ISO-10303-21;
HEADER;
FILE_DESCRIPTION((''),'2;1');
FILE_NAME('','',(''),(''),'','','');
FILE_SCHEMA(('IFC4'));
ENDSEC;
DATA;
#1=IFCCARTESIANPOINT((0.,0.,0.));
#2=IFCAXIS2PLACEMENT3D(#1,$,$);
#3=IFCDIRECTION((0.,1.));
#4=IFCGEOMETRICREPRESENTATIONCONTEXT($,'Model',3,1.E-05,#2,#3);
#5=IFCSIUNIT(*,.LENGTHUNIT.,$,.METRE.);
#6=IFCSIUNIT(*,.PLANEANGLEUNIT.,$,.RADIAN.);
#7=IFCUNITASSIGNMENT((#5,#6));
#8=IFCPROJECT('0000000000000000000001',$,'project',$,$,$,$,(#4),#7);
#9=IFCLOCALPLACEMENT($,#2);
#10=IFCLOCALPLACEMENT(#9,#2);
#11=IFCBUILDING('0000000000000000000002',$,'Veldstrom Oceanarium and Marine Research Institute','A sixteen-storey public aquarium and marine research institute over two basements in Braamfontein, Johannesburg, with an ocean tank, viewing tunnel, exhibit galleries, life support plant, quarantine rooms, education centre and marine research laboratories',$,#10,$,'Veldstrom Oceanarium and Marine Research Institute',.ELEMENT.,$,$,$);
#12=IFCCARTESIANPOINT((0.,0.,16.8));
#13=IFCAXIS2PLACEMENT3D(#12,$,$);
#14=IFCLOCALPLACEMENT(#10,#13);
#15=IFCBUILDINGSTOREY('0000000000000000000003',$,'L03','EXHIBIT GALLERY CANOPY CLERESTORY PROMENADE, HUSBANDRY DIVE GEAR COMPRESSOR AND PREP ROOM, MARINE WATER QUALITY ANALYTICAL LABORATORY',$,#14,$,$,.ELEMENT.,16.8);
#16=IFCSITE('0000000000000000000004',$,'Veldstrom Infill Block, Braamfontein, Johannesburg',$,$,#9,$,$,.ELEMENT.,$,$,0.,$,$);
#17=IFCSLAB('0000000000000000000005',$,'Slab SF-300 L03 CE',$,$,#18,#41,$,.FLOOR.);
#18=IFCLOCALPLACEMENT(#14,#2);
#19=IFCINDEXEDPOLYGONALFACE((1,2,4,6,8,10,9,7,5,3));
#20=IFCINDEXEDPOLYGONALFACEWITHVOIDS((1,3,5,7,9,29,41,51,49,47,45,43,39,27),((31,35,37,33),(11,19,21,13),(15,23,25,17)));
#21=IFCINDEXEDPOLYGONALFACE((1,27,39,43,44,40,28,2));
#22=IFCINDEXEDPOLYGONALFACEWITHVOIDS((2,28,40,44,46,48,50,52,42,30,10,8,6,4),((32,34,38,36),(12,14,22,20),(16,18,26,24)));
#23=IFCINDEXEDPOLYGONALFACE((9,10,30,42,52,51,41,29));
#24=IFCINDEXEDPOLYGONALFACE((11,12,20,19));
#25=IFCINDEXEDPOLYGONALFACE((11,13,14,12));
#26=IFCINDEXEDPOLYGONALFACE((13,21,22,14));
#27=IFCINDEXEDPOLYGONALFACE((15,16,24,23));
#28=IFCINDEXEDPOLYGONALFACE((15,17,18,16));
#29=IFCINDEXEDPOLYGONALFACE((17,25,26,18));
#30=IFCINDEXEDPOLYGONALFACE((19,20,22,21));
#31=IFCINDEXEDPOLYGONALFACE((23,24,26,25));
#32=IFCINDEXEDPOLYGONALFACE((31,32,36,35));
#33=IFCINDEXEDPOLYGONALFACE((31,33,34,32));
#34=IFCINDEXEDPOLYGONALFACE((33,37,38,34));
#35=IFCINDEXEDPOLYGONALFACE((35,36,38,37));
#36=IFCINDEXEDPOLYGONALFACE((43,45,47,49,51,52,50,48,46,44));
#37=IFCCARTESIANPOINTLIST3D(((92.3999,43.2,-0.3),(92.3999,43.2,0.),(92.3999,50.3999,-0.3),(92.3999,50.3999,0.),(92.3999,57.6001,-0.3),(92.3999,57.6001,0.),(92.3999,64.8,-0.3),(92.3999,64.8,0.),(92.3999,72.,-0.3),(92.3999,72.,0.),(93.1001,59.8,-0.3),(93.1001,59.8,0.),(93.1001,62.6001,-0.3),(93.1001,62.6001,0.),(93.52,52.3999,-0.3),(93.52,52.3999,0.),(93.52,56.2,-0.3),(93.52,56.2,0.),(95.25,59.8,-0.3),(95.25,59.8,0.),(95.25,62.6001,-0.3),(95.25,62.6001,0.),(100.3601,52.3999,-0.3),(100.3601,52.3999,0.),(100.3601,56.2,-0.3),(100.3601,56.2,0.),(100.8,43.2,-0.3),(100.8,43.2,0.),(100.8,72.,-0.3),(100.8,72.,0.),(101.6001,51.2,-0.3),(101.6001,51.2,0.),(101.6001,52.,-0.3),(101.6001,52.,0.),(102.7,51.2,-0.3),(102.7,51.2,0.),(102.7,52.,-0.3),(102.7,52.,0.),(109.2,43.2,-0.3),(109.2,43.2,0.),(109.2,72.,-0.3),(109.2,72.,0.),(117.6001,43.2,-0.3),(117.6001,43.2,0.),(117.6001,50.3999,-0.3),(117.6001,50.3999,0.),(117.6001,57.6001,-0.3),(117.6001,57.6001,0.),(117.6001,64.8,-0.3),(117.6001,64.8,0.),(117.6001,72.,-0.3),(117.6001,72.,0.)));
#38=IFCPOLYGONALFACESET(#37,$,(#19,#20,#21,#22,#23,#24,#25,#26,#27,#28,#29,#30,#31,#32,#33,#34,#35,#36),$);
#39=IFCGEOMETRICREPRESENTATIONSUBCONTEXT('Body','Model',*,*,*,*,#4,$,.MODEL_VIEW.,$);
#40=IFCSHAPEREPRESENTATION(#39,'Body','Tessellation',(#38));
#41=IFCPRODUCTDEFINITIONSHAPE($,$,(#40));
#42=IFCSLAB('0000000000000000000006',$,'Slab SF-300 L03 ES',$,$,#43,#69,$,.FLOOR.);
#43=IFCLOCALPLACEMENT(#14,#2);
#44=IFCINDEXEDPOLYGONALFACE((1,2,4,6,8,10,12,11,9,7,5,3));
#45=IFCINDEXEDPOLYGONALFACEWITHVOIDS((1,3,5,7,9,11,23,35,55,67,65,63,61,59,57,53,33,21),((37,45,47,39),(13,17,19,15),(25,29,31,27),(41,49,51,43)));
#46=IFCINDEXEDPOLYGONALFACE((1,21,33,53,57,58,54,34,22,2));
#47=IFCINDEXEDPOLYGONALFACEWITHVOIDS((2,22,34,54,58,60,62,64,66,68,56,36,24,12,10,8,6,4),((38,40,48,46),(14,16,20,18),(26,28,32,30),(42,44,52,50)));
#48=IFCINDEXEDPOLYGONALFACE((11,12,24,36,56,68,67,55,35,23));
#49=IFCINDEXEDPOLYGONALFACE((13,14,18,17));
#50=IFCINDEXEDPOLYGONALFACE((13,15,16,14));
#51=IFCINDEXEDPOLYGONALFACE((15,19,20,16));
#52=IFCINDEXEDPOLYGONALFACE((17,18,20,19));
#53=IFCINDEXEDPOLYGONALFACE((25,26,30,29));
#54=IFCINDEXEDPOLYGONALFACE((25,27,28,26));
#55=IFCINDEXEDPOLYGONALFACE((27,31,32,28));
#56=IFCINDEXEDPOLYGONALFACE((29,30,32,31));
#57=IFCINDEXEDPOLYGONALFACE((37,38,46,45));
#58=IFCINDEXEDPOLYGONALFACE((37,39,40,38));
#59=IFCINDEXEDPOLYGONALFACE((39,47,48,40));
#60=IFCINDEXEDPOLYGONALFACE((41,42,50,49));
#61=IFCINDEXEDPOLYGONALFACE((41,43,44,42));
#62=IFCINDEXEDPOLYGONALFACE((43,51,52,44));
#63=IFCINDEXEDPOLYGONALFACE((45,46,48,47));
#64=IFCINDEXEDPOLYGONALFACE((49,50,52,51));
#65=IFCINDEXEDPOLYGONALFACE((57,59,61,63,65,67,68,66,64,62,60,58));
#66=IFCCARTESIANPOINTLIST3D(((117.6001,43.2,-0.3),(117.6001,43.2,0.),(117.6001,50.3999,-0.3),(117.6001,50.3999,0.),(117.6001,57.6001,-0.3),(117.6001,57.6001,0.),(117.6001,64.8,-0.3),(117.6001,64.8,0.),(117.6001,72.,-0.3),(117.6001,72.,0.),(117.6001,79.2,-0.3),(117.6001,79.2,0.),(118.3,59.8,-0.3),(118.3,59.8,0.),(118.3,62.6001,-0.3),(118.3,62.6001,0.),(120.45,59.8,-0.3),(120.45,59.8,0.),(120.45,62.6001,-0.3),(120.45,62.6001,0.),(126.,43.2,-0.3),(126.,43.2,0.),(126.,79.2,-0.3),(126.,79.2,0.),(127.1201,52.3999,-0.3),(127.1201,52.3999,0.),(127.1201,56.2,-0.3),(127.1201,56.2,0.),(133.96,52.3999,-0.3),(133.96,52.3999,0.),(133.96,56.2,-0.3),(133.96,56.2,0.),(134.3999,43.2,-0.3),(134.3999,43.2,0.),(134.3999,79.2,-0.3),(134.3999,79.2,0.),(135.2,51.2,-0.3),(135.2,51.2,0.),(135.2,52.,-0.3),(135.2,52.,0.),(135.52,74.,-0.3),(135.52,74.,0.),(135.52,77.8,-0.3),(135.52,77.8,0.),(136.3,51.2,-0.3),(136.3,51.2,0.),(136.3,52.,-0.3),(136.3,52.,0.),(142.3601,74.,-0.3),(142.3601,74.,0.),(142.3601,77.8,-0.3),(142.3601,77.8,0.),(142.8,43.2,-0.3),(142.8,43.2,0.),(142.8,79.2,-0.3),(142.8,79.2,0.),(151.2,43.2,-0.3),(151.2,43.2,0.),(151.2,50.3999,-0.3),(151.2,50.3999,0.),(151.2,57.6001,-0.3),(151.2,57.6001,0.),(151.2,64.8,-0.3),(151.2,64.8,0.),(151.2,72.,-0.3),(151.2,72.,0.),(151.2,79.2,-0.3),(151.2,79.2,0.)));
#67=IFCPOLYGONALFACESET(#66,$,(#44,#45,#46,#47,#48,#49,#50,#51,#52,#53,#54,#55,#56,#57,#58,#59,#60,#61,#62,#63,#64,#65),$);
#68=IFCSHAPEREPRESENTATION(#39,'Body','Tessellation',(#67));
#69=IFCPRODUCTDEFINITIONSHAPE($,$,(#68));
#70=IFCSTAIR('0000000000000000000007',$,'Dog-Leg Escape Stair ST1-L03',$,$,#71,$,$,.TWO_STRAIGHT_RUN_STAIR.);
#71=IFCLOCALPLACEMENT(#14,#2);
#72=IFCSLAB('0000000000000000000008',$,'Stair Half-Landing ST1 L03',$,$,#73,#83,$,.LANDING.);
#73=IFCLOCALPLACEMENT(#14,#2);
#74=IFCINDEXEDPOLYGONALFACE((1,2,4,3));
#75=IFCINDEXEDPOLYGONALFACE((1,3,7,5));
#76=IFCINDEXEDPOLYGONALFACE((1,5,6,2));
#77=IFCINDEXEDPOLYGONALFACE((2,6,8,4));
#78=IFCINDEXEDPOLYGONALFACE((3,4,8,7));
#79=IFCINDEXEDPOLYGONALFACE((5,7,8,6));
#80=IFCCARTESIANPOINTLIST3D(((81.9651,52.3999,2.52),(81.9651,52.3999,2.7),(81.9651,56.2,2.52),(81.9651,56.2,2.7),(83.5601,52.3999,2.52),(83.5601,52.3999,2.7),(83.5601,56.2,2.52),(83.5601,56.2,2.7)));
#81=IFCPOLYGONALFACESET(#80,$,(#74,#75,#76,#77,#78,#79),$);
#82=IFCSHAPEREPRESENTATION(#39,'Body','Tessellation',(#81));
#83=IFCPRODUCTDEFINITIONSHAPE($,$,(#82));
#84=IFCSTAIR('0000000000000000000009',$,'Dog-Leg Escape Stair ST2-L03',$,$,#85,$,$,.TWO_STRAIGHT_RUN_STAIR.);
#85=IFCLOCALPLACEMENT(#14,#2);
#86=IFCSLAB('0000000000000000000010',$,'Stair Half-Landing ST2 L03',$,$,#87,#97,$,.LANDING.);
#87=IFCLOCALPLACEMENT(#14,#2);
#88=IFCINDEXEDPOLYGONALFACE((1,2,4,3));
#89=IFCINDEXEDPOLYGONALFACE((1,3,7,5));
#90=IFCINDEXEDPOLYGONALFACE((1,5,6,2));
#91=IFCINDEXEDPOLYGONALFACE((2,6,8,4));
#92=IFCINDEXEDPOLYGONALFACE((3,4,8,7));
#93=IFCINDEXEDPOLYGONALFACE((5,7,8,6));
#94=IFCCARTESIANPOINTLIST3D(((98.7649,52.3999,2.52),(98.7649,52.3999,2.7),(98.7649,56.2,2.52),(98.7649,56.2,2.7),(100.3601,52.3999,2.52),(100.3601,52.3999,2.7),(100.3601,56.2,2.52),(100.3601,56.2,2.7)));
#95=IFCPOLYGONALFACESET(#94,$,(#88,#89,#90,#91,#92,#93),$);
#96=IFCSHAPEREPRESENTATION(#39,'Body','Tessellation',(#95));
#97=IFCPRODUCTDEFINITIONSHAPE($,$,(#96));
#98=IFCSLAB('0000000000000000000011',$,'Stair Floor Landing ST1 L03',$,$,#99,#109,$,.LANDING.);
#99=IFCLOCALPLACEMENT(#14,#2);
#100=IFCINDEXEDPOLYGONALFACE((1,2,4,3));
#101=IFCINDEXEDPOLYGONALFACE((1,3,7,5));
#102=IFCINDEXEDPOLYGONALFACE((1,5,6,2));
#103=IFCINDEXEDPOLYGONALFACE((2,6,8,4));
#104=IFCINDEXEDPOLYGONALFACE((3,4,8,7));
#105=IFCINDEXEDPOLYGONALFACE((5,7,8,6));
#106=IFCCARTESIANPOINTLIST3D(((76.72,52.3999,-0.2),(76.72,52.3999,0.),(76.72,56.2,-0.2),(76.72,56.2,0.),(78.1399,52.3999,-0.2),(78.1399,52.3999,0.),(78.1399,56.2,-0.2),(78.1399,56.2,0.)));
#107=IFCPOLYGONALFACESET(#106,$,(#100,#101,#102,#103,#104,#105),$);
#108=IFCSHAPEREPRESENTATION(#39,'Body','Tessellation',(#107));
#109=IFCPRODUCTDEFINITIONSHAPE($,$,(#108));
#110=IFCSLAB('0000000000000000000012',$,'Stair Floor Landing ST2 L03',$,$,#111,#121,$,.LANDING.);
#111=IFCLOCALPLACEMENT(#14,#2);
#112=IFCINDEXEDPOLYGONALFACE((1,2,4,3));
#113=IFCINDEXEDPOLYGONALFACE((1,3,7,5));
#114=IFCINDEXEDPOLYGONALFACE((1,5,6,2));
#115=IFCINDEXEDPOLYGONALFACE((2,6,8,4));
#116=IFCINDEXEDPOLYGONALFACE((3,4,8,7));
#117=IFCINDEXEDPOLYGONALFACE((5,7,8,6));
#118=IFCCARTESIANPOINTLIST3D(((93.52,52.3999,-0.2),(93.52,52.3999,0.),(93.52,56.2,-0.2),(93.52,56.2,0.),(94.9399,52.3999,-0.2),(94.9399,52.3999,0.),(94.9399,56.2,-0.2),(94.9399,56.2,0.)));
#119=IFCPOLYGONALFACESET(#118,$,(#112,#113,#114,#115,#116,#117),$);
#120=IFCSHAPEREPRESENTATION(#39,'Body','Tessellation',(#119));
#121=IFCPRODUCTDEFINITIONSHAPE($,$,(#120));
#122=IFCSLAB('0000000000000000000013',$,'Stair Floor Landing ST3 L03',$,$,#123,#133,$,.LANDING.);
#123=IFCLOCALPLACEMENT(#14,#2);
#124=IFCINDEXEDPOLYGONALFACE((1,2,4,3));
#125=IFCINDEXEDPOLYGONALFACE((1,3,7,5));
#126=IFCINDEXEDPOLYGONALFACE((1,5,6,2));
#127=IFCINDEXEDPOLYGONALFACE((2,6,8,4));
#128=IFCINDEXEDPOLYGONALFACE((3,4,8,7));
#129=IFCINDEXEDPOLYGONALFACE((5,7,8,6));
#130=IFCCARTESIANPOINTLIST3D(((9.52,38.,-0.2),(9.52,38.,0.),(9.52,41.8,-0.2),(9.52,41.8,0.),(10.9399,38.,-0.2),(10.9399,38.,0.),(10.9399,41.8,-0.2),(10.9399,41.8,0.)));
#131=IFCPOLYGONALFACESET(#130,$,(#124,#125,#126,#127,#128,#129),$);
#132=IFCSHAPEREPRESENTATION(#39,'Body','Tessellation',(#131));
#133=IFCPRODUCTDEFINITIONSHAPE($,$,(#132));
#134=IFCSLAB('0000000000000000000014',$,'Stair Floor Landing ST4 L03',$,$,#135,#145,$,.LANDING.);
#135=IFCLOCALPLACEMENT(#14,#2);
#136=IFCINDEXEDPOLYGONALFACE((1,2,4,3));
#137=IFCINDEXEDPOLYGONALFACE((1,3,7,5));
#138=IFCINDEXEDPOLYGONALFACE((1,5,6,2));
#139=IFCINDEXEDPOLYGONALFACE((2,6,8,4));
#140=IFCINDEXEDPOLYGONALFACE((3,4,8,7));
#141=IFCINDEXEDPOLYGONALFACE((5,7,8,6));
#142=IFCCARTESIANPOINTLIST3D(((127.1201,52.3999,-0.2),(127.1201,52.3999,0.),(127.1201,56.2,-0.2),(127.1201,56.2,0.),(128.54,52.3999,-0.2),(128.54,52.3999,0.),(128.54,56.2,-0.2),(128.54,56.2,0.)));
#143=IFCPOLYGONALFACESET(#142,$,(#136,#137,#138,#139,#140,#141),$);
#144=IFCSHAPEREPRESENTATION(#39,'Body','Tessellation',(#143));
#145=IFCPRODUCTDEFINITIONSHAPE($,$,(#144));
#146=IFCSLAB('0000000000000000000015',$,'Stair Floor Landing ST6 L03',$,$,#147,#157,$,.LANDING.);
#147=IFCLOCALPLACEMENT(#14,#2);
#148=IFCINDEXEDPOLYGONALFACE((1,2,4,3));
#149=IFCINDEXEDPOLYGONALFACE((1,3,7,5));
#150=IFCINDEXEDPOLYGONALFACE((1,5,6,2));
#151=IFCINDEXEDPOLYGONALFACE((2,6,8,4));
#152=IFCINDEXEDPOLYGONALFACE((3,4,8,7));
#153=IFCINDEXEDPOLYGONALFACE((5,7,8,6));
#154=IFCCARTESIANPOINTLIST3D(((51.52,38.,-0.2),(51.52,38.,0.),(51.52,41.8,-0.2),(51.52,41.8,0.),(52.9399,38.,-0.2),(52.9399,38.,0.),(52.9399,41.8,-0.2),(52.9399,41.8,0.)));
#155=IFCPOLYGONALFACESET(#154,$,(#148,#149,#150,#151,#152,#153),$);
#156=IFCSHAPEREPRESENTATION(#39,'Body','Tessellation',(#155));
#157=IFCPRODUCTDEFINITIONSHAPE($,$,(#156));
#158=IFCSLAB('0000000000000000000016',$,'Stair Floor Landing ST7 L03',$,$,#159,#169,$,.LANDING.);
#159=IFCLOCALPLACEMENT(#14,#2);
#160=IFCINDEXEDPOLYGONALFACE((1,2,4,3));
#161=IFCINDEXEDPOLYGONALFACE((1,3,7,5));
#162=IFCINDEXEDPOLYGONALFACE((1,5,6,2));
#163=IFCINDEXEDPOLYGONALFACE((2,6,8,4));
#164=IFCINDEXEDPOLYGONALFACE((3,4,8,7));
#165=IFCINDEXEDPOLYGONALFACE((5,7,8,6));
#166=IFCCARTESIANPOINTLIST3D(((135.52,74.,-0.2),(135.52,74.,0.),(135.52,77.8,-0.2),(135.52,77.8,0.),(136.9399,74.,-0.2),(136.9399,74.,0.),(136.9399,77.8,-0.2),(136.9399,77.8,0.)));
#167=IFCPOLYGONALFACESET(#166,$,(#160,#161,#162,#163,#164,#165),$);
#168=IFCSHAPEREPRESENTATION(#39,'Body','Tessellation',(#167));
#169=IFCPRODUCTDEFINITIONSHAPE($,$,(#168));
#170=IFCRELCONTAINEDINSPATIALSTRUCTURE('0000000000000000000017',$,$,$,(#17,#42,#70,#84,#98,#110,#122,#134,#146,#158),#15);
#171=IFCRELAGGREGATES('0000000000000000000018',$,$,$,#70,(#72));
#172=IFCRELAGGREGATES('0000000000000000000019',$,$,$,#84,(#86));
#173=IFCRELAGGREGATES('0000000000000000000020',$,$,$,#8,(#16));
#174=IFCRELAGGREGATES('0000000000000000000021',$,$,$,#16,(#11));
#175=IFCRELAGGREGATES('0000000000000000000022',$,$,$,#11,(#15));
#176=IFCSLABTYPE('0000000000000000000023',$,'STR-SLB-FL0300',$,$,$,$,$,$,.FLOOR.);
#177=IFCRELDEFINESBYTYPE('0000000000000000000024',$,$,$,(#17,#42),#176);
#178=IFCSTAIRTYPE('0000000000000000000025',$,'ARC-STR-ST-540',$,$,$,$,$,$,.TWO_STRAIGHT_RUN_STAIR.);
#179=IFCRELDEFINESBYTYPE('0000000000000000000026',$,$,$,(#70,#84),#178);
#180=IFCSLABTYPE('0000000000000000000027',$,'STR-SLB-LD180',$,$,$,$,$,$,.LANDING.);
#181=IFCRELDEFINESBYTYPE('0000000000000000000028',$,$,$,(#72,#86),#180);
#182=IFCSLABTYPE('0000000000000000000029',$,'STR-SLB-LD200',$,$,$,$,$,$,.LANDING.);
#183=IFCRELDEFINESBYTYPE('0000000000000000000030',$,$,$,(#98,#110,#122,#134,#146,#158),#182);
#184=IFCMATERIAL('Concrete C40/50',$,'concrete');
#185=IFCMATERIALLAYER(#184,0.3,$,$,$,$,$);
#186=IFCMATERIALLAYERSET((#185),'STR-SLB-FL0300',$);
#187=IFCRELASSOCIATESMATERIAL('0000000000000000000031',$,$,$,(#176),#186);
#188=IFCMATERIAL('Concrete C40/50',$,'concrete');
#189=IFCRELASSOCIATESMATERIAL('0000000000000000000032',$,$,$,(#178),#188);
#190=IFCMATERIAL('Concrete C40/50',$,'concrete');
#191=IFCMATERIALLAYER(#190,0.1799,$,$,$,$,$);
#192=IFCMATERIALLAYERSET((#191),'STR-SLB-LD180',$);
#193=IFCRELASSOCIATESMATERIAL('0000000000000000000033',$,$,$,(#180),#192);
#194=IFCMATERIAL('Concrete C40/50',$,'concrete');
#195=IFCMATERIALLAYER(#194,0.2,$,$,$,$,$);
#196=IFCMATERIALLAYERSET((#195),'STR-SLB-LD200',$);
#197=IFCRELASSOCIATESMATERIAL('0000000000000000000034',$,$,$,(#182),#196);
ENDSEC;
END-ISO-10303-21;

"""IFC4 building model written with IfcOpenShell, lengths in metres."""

from ifc_helpers import new_model, si_unit, direction, frame, origin, place, context, subcontext, project, spatial, polyline, outline, extrude, material, layer, layer_set, type_object, element, aggregate, save


model = new_model("IFC4")

# Units and contexts
model_context = context("Model", 3, precision=1e-05, world=origin(), true_north=direction((0.0, 1.0)))
body_context = subcontext(model_context, "Body", "Model", "MODEL_VIEW")
ifc_project = project(units=[si_unit("LENGTHUNIT", "METRE"), si_unit("PLANEANGLEUNIT", "RADIAN")], contexts=[model_context])

# Site, building, storey
site_placement = place(None, origin())
site = spatial("IfcSite", under=ifc_project, at=site_placement, Name="Veldstrom Infill Block, Braamfontein, Johannesburg", CompositionType="ELEMENT", RefElevation=0.0)
building_placement = place(site_placement, origin())
building = spatial("IfcBuilding", under=site, at=building_placement, Name="Veldstrom Oceanarium and Marine Research Institute", Description="A sixteen-storey public aquarium and marine research institute over two basements in Braamfontein, Johannesburg, with an ocean tank, viewing tunnel, exhibit galleries, life support plant, quarantine rooms, education centre and marine research laboratories", LongName="Veldstrom Oceanarium and Marine Research Institute", CompositionType="ELEMENT")
storey_placement = place(building_placement, frame((0.0, 0.0, 16.8)))
storey = spatial("IfcBuildingStorey", under=building, at=storey_placement, Name="L03", Description="EXHIBIT GALLERY CANOPY CLERESTORY PROMENADE, HUSBANDRY DIVE GEAR COMPRESSOR AND PREP ROOM, MARINE WATER QUALITY ANALYTICAL LABORATORY", CompositionType="ELEMENT", Elevation=16.8)

# Slabs
ifc_material_1 = material(Name="Concrete C40/50", Category="concrete")
ifc_layer_1 = layer(ifc_material_1, 0.3)
ifc_layer_set_1 = layer_set([ifc_layer_1], Name="STR-SLB-FL0300")
slab_type_1 = type_object("IfcSlabType", Name="STR-SLB-FL0300", PredefinedType="FLOOR", material=ifc_layer_set_1)
slab_1_placement = place(storey_placement, frame((0.0, 0.0, -0.3)))
element("IfcSlab", 1, at=slab_1_placement, inside=storey, type_object=slab_type_1, Name="Slab SF-300 L03 CE", PredefinedType="FLOOR", context=body_context, shape_type="SweptSolid", body=[
    extrude(outline(polyline([(92.3999, 57.6001), (92.3999, 64.8), (92.3999, 72.0), (100.8, 72.0), (109.2, 72.0), (117.6001, 72.0), (117.6001, 64.8), (117.6001, 57.6001), (117.6001, 50.3999), (117.6001, 43.2), (109.2, 43.2), (100.8, 43.2), (92.3999, 43.2), (92.3999, 50.3999), (92.3999, 57.6001)]), holes=[polyline([(93.52, 56.2), (93.52, 52.3999), (100.3601, 52.3999), (100.3601, 56.2), (93.52, 56.2)]), polyline([(95.25, 59.8), (95.25, 62.6001), (93.1001, 62.6001), (93.1001, 59.8), (95.25, 59.8)]), polyline([(102.7, 52.0), (101.6001, 52.0), (101.6001, 51.2), (102.7, 51.2), (102.7, 52.0)])]), origin(), (0.0, 0.0, 1.0), 0.3),
])
slab_2_placement = place(storey_placement, frame((0.0, 0.0, -0.3)))
element("IfcSlab", 2, at=slab_2_placement, inside=storey, type_object=slab_type_1, Name="Slab SF-300 L03 ES", PredefinedType="FLOOR", context=body_context, shape_type="SweptSolid", body=[
    extrude(outline(polyline([(117.6001, 43.2), (117.6001, 50.3999), (117.6001, 57.6001), (117.6001, 64.8), (117.6001, 72.0), (117.6001, 79.2), (126.0, 79.2), (134.3999, 79.2), (142.8, 79.2), (151.2, 79.2), (151.2, 72.0), (151.2, 64.8), (151.2, 57.6001), (151.2, 50.3999), (151.2, 43.2), (142.8, 43.2), (134.3999, 43.2), (126.0, 43.2), (117.6001, 43.2)]), holes=[polyline([(133.96, 52.3999), (133.96, 56.2), (127.1201, 56.2), (127.1201, 52.3999), (133.96, 52.3999)]), polyline([(135.52, 77.8), (135.52, 74.0), (142.3601, 74.0), (142.3601, 77.8), (135.52, 77.8)]), polyline([(118.3, 62.6001), (118.3, 59.8), (120.45, 59.8), (120.45, 62.6001), (118.3, 62.6001)]), polyline([(136.3, 52.0), (135.2, 52.0), (135.2, 51.2), (136.3, 51.2), (136.3, 52.0)])]), origin(), (0.0, 0.0, 1.0), 0.3),
])

# Stairs, slabs
ifc_material_2 = material(Name="Concrete C40/50", Category="concrete")
stair_type = type_object("IfcStairType", Name="ARC-STR-ST-540", PredefinedType="TWO_STRAIGHT_RUN_STAIR", material=ifc_material_2)
stair_1_placement = place(storey_placement, origin())
stair_1 = element("IfcStair", 3, at=stair_1_placement, inside=storey, type_object=stair_type, Name="Dog-Leg Escape Stair ST1-L03", PredefinedType="TWO_STRAIGHT_RUN_STAIR")
ifc_material_3 = material(Name="Concrete C40/50", Category="concrete")
ifc_layer_2 = layer(ifc_material_3, 0.1799)
ifc_layer_set_2 = layer_set([ifc_layer_2], Name="STR-SLB-LD180")
slab_type_2 = type_object("IfcSlabType", Name="STR-SLB-LD180", PredefinedType="LANDING", material=ifc_layer_set_2)
slab_3_placement = place(storey_placement, frame((0.0, 0.0, 2.52)))
slab_3 = element("IfcSlab", 4, at=slab_3_placement, type_object=slab_type_2, Name="Stair Half-Landing ST1 L03", PredefinedType="LANDING", context=body_context, shape_type="SweptSolid", body=[
    extrude(outline(polyline([(81.9651, 52.3999), (83.5601, 52.3999), (83.5601, 56.2), (81.9651, 56.2), (81.9651, 52.3999)])), origin(), (0.0, 0.0, 1.0), 0.1799),
])
aggregate(stair_1, [slab_3])
stair_2_placement = place(storey_placement, origin())
stair_2 = element("IfcStair", 5, at=stair_2_placement, inside=storey, type_object=stair_type, Name="Dog-Leg Escape Stair ST2-L03", PredefinedType="TWO_STRAIGHT_RUN_STAIR")
slab_4_placement = place(storey_placement, frame((0.0, 0.0, 2.52)))
slab_4 = element("IfcSlab", 6, at=slab_4_placement, type_object=slab_type_2, Name="Stair Half-Landing ST2 L03", PredefinedType="LANDING", context=body_context, shape_type="SweptSolid", body=[
    extrude(outline(polyline([(98.7649, 52.3999), (100.3601, 52.3999), (100.3601, 56.2), (98.7649, 56.2), (98.7649, 52.3999)])), origin(), (0.0, 0.0, 1.0), 0.1799),
])
aggregate(stair_2, [slab_4])

# Slabs
ifc_material_4 = material(Name="Concrete C40/50", Category="concrete")
ifc_layer_3 = layer(ifc_material_4, 0.2)
ifc_layer_set_3 = layer_set([ifc_layer_3], Name="STR-SLB-LD200")
slab_type_3 = type_object("IfcSlabType", Name="STR-SLB-LD200", PredefinedType="LANDING", material=ifc_layer_set_3)
slab_5_placement = place(storey_placement, frame((0.0, 0.0, -0.2)))
element("IfcSlab", 7, at=slab_5_placement, inside=storey, type_object=slab_type_3, Name="Stair Floor Landing ST1 L03", PredefinedType="LANDING", context=body_context, shape_type="SweptSolid", body=[
    extrude(outline(polyline([(76.72, 52.3999), (78.1399, 52.3999), (78.1399, 56.2), (76.72, 56.2), (76.72, 52.3999)])), origin(), (0.0, 0.0, 1.0), 0.2),
])
slab_6_placement = place(storey_placement, frame((0.0, 0.0, -0.2)))
element("IfcSlab", 8, at=slab_6_placement, inside=storey, type_object=slab_type_3, Name="Stair Floor Landing ST2 L03", PredefinedType="LANDING", context=body_context, shape_type="SweptSolid", body=[
    extrude(outline(polyline([(93.52, 52.3999), (94.9399, 52.3999), (94.9399, 56.2), (93.52, 56.2), (93.52, 52.3999)])), origin(), (0.0, 0.0, 1.0), 0.2),
])
slab_7_placement = place(storey_placement, frame((0.0, 0.0, -0.2)))
element("IfcSlab", 9, at=slab_7_placement, inside=storey, type_object=slab_type_3, Name="Stair Floor Landing ST3 L03", PredefinedType="LANDING", context=body_context, shape_type="SweptSolid", body=[
    extrude(outline(polyline([(9.52, 38.0), (10.9399, 38.0), (10.9399, 41.8), (9.52, 41.8), (9.52, 38.0)])), origin(), (0.0, 0.0, 1.0), 0.2),
])
slab_8_placement = place(storey_placement, frame((0.0, 0.0, -0.2)))
element("IfcSlab", 10, at=slab_8_placement, inside=storey, type_object=slab_type_3, Name="Stair Floor Landing ST4 L03", PredefinedType="LANDING", context=body_context, shape_type="SweptSolid", body=[
    extrude(outline(polyline([(127.1201, 52.3999), (128.54, 52.3999), (128.54, 56.2), (127.1201, 56.2), (127.1201, 52.3999)])), origin(), (0.0, 0.0, 1.0), 0.2),
])
slab_9_placement = place(storey_placement, frame((0.0, 0.0, -0.2)))
element("IfcSlab", 11, at=slab_9_placement, inside=storey, type_object=slab_type_3, Name="Stair Floor Landing ST6 L03", PredefinedType="LANDING", context=body_context, shape_type="SweptSolid", body=[
    extrude(outline(polyline([(51.52, 38.0), (52.9399, 38.0), (52.9399, 41.8), (51.52, 41.8), (51.52, 38.0)])), origin(), (0.0, 0.0, 1.0), 0.2),
])
slab_10_placement = place(storey_placement, frame((0.0, 0.0, -0.2)))
element("IfcSlab", 12, at=slab_10_placement, inside=storey, type_object=slab_type_3, Name="Stair Floor Landing ST7 L03", PredefinedType="LANDING", context=body_context, shape_type="SweptSolid", body=[
    extrude(outline(polyline([(135.52, 74.0), (136.9399, 74.0), (136.9399, 77.8), (135.52, 77.8), (135.52, 74.0)])), origin(), (0.0, 0.0, 1.0), 0.2),
])

save(model, "model.ifc")
